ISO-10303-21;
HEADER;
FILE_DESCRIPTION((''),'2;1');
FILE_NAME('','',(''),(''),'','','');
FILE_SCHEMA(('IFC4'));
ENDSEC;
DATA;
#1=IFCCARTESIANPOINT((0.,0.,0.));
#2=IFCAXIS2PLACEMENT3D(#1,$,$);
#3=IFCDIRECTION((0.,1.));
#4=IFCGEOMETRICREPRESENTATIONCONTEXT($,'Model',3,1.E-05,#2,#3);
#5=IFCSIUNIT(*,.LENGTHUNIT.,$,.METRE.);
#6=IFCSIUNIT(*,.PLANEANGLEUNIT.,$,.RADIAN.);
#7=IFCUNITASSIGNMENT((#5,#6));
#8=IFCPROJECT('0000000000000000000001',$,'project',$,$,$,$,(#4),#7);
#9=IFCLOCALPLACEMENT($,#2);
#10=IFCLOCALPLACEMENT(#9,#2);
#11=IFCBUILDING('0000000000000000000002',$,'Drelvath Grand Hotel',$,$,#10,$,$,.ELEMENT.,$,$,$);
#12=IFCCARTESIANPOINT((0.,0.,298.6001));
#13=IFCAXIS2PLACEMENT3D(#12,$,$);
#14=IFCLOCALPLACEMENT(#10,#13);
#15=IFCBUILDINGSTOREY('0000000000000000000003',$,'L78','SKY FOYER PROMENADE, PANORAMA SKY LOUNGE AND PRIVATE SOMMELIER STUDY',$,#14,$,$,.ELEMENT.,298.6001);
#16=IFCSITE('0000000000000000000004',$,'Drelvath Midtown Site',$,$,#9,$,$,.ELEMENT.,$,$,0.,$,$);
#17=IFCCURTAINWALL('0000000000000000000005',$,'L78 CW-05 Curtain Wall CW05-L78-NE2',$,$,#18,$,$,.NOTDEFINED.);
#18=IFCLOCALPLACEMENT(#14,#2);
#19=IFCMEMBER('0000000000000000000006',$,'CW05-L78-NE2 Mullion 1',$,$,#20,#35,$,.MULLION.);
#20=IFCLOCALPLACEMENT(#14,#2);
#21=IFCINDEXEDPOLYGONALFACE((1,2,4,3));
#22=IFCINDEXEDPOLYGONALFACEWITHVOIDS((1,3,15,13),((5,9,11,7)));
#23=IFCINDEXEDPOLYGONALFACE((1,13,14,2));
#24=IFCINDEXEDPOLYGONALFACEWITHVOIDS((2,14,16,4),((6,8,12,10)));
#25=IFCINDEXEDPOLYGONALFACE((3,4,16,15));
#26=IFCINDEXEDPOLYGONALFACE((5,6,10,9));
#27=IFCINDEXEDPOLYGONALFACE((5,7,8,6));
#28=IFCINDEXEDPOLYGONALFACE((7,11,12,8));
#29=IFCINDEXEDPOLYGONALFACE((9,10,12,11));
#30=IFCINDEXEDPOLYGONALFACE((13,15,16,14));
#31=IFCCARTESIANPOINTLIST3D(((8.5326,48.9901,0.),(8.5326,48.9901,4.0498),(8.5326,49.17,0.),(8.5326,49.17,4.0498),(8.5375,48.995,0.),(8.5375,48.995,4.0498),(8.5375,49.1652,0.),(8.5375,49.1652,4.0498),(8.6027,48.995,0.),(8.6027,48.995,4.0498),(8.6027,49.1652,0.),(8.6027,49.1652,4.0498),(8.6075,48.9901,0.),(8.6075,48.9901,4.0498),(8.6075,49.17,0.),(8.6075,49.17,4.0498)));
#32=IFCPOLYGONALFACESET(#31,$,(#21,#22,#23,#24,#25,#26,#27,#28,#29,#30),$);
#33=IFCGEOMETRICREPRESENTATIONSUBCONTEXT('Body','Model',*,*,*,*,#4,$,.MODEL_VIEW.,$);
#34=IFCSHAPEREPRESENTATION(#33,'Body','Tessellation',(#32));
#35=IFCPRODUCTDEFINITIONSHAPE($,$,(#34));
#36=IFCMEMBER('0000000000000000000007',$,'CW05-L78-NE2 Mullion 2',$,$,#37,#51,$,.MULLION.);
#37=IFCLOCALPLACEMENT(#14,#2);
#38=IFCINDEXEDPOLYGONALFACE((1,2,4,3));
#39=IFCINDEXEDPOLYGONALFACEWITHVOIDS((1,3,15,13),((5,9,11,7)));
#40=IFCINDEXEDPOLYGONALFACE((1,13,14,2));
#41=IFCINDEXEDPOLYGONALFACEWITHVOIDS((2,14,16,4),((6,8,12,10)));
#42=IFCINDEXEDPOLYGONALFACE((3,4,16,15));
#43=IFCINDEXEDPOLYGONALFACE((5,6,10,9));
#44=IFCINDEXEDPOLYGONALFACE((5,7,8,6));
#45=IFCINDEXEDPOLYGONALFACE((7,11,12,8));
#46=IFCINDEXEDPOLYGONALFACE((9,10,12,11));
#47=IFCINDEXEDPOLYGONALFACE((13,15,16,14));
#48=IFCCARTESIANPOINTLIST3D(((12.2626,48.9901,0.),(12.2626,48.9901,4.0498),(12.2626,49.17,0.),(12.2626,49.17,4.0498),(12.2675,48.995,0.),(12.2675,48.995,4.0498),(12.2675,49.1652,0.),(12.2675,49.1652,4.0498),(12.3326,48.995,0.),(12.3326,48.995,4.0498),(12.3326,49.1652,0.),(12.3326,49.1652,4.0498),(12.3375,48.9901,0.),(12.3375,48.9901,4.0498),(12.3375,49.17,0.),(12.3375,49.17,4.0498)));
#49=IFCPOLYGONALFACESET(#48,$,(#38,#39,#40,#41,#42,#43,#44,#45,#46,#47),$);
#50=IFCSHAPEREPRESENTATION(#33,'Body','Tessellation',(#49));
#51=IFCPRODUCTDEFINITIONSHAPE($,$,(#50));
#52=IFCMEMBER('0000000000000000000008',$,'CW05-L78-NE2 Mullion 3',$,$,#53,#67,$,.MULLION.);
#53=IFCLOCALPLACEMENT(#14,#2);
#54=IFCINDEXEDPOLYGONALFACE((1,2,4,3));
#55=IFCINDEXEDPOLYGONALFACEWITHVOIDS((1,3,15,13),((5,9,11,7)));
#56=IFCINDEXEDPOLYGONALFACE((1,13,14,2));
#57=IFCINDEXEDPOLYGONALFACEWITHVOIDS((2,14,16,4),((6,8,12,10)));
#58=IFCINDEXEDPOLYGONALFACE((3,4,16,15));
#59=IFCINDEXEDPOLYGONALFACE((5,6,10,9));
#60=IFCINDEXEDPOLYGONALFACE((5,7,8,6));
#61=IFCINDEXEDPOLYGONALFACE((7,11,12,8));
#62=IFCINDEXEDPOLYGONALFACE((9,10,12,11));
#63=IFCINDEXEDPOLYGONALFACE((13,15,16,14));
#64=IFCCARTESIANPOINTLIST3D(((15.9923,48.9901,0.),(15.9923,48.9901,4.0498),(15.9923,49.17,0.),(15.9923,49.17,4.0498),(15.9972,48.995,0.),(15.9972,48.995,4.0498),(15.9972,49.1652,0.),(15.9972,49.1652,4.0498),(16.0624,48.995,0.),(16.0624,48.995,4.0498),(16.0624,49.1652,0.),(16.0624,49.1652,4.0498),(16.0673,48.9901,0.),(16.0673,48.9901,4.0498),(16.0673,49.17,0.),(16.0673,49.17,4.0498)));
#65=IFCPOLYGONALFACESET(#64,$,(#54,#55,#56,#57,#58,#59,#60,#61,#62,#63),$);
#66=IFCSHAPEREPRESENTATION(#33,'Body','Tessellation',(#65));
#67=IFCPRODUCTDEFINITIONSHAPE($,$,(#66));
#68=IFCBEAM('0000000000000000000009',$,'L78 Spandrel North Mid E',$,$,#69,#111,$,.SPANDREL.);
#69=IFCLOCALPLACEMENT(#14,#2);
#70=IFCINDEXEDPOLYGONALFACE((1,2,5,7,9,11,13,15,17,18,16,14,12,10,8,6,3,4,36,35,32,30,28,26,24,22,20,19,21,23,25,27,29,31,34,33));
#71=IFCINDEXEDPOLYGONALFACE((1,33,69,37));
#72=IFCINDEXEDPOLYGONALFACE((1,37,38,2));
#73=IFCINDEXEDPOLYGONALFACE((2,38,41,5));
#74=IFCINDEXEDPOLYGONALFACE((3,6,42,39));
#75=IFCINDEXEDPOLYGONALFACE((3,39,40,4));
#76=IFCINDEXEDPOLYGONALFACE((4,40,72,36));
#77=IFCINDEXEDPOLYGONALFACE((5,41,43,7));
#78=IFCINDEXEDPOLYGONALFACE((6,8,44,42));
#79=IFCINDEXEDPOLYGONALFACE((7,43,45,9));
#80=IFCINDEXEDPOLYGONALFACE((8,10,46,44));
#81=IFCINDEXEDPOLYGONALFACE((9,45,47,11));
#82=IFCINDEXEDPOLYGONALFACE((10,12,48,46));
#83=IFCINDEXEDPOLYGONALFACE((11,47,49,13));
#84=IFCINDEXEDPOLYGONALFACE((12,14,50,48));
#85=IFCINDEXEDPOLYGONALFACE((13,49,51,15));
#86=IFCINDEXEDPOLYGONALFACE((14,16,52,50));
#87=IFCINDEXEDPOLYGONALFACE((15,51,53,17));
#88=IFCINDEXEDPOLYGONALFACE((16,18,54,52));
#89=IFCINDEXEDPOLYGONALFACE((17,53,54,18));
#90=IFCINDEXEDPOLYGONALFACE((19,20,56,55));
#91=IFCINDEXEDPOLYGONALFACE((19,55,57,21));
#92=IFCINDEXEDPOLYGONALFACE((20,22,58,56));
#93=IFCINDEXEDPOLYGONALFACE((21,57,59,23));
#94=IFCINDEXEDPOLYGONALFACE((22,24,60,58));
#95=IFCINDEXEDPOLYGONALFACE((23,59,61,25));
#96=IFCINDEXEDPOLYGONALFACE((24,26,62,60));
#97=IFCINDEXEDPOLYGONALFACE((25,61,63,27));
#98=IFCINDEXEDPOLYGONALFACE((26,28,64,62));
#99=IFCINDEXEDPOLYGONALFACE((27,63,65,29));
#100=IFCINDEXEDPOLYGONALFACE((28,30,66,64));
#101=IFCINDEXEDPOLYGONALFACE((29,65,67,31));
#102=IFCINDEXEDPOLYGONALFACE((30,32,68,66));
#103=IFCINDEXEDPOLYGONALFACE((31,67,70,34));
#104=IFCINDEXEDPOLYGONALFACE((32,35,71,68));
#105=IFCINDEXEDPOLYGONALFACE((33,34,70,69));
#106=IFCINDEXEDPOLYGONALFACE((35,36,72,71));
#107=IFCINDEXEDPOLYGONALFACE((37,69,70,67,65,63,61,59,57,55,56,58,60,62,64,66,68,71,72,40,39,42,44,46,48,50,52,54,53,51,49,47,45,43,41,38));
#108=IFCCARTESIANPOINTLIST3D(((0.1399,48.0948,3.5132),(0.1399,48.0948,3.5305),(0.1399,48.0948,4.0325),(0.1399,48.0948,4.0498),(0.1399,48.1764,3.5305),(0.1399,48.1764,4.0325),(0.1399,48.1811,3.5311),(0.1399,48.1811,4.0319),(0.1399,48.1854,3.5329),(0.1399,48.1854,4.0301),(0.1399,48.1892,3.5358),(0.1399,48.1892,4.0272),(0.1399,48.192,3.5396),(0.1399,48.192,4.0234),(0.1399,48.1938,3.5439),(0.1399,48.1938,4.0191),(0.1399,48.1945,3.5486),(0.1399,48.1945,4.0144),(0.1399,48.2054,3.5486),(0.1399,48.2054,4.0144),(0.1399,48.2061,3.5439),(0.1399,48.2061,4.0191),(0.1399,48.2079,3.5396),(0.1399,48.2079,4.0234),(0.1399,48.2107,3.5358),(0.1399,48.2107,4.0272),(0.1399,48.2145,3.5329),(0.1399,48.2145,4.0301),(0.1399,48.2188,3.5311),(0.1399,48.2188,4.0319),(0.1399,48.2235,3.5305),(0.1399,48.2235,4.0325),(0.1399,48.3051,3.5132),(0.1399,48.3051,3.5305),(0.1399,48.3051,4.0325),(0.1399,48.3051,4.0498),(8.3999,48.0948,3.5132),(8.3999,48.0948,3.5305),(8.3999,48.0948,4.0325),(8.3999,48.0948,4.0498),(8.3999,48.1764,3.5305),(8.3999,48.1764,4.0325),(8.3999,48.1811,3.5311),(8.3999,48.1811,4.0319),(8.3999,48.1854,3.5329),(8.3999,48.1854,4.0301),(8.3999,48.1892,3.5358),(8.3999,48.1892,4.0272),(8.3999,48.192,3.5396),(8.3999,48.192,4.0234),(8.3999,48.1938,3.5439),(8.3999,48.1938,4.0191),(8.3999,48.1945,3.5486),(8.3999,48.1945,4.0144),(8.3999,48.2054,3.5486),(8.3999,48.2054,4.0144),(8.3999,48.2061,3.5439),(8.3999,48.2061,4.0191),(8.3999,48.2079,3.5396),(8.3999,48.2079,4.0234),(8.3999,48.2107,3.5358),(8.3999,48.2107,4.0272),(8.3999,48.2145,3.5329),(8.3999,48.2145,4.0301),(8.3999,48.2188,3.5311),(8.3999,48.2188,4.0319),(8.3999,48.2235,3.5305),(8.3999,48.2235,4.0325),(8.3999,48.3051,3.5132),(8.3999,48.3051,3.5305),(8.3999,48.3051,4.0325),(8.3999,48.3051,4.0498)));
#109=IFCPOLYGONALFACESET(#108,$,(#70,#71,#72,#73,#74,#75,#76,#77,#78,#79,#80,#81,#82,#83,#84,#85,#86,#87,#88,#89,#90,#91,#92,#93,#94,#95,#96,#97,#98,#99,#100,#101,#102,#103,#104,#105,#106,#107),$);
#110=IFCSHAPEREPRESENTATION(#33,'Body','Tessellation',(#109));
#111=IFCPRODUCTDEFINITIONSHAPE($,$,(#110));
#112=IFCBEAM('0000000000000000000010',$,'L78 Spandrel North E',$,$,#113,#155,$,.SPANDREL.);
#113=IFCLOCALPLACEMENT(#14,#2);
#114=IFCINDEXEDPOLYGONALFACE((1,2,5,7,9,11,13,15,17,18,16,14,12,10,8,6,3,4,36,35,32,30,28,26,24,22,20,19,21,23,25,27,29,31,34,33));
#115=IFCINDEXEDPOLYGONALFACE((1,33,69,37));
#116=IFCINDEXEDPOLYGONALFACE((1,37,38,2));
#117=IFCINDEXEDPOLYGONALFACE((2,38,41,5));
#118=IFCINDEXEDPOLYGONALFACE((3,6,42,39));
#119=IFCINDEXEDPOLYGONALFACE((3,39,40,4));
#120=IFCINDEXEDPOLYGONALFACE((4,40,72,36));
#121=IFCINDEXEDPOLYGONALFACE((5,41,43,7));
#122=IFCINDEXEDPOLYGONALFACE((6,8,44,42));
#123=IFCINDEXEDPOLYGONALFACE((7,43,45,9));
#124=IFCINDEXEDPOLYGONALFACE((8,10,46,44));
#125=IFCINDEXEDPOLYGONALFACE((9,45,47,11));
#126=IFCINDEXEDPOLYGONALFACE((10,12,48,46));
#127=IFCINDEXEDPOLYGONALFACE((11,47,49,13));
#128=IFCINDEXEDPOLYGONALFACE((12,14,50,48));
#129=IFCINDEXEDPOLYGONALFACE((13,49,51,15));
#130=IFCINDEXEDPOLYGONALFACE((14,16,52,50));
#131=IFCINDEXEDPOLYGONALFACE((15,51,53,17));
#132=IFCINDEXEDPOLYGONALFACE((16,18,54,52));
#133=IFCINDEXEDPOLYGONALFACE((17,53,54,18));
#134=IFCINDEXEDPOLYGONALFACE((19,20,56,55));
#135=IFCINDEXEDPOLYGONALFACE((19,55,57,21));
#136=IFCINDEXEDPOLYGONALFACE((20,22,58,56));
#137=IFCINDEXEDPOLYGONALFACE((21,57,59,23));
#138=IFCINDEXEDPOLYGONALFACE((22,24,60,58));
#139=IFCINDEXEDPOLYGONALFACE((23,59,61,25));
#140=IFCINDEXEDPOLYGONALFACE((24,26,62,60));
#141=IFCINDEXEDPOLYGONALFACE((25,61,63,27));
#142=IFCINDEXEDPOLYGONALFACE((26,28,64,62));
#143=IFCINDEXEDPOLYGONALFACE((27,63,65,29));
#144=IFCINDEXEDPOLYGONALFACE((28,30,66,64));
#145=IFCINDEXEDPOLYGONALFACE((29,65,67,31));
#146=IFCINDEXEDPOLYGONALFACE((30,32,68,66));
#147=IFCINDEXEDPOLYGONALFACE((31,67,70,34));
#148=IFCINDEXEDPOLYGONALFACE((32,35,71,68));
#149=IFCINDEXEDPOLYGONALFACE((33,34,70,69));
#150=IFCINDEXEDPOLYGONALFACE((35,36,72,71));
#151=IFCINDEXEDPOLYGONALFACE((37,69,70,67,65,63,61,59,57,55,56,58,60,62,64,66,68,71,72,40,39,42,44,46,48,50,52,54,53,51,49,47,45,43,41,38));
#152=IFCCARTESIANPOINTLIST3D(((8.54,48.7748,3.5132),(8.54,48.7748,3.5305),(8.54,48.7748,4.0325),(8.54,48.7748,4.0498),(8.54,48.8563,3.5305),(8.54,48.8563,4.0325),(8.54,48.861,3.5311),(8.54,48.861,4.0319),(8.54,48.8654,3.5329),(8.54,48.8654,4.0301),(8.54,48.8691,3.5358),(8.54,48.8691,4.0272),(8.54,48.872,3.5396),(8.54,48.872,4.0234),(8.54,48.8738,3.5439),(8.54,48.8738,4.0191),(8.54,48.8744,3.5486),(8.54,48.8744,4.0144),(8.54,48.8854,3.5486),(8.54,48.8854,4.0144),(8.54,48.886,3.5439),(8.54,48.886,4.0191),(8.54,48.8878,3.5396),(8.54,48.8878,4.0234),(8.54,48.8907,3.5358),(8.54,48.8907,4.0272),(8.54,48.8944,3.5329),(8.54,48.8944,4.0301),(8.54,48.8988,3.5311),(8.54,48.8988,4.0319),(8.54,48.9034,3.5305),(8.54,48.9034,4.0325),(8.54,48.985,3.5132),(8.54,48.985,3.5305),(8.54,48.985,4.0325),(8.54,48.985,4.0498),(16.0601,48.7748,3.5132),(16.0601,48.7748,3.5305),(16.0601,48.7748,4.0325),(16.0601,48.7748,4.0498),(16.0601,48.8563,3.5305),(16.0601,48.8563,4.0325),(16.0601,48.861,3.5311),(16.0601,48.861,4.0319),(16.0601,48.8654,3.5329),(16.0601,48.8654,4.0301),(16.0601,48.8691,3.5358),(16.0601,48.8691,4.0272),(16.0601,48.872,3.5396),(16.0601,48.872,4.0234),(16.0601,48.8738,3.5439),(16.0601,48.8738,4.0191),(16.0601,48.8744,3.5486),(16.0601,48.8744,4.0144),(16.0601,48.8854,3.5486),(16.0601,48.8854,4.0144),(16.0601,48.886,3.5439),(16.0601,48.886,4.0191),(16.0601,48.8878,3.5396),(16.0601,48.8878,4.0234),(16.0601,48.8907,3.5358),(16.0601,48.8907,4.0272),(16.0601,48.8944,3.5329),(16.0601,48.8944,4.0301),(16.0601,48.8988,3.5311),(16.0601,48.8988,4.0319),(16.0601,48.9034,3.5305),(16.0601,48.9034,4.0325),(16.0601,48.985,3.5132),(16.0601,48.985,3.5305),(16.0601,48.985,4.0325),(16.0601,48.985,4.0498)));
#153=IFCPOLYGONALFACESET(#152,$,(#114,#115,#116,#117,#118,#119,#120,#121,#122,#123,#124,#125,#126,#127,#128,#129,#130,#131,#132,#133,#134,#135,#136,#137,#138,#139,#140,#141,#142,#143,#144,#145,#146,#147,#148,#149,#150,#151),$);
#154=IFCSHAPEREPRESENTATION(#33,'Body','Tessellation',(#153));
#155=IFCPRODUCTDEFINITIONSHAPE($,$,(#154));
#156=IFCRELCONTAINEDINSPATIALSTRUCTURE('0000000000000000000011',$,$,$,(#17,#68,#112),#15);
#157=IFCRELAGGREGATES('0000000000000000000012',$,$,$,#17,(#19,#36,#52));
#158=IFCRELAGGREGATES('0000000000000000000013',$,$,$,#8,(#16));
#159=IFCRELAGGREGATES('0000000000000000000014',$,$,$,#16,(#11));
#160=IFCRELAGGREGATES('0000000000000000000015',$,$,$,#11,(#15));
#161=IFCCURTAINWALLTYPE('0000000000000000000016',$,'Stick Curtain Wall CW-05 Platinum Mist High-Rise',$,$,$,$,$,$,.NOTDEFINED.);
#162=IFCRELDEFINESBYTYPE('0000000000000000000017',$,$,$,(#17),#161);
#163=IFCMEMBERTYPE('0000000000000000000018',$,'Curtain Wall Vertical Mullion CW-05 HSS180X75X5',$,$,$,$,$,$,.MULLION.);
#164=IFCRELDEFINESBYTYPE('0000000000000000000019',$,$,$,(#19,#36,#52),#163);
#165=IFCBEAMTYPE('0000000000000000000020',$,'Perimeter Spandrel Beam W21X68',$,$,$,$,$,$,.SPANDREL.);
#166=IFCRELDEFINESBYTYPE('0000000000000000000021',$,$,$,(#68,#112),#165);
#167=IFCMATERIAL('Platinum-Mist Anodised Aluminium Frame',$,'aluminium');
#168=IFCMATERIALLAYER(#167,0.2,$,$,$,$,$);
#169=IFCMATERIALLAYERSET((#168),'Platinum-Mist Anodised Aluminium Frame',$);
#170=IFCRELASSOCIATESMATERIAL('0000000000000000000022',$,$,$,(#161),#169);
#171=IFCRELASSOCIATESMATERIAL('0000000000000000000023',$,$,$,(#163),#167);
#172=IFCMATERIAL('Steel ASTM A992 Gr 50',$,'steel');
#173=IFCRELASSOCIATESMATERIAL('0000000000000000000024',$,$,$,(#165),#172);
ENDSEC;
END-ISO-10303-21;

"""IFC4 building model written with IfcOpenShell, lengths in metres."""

from ifc_helpers import new_model, si_unit, direction, frame, origin, origin_2d, place, context, subcontext, project, spatial, hollow_rectangle, i_section, extrude, material, layer, layer_set, material_profile, profile_set, type_object, element, aggregate, save


model = new_model("IFC4")

# Units and contexts
model_context = context("Model", 3, precision=1e-05, world=origin(), true_north=direction((0.0, 1.0)))
body_context = subcontext(model_context, "Body", "Model", "MODEL_VIEW")
ifc_project = project(units=[si_unit("LENGTHUNIT", "METRE"), si_unit("PLANEANGLEUNIT", "RADIAN")], contexts=[model_context])

# Site, building, storey
site_placement = place(None, origin())
site = spatial("IfcSite", under=ifc_project, at=site_placement, Name="Drelvath Midtown Site", CompositionType="ELEMENT", RefElevation=0.0)
building_placement = place(site_placement, origin())
building = spatial("IfcBuilding", under=site, at=building_placement, Name="Drelvath Grand Hotel", CompositionType="ELEMENT")
storey_placement = place(building_placement, frame((0.0, 0.0, 298.6001)))
storey = spatial("IfcBuildingStorey", under=building, at=storey_placement, Name="L78", Description="SKY FOYER PROMENADE, PANORAMA SKY LOUNGE AND PRIVATE SOMMELIER STUDY", CompositionType="ELEMENT", Elevation=298.6001)

# Curtain wall
ifc_material_1 = material(Name="Platinum-Mist Anodised Aluminium Frame", Category="aluminium")
ifc_layer_1 = layer(ifc_material_1, 0.2)
ifc_layer_set_1 = layer_set([ifc_layer_1], Name="Platinum-Mist Anodised Aluminium Frame")
curtain_wall_type = type_object("IfcCurtainWallType", Name="Stick Curtain Wall CW-05 Platinum Mist High-Rise", PredefinedType="NOTDEFINED", material=ifc_layer_set_1)
curtain_wall_1_placement = place(storey_placement, origin())
curtain_wall_1 = element("IfcCurtainWall", 1, at=curtain_wall_1_placement, inside=storey, type_object=curtain_wall_type, Name="L78 CW-05 Curtain Wall CW05-L78-NE2", PredefinedType="NOTDEFINED")

# Members
ifc_material_profile_1 = material_profile(ifc_material_1, hollow_rectangle(XDim=0.075, YDim=0.1799, WallThickness=0.0049, at=origin_2d()), Name="HSS180X75X5")
ifc_profile_set_1 = profile_set([ifc_material_profile_1], Name="Platinum-Mist Anodised Aluminium Frame")
member_type_1 = type_object("IfcMemberType", Name="Curtain Wall Vertical Mullion CW-05 HSS180X75X5", PredefinedType="MULLION", material=ifc_profile_set_1)
member_1_placement = place(storey_placement, frame((8.5701, 49.0801, 0.0), z_axis=(0.0, 0.0, 1.0), x_axis=(1.0, 0.0, 0.0)))
member_1 = element("IfcMember", 2, at=member_1_placement, type_object=member_type_1, Name="CW05-L78-NE2 Mullion 1", PredefinedType="MULLION", context=body_context, shape_type="SweptSolid", body=[
    extrude(hollow_rectangle(XDim=0.075, YDim=0.1799, WallThickness=0.0049, at=origin_2d()), origin(), (0.0, 0.0, 1.0), 4.0498),
])
member_2_placement = place(storey_placement, frame((12.3, 49.0801, 0.0), z_axis=(0.0, 0.0, 1.0), x_axis=(1.0, 0.0, 0.0)))
member_2 = element("IfcMember", 3, at=member_2_placement, type_object=member_type_1, Name="CW05-L78-NE2 Mullion 2", PredefinedType="MULLION", context=body_context, shape_type="SweptSolid", body=[
    extrude(hollow_rectangle(XDim=0.075, YDim=0.1799, WallThickness=0.0049, at=origin_2d()), origin(), (0.0, 0.0, 1.0), 4.0498),
])
member_3_placement = place(storey_placement, frame((16.0298, 49.0801, 0.0), z_axis=(0.0, 0.0, 1.0), x_axis=(1.0, 0.0, 0.0)))
member_3 = element("IfcMember", 4, at=member_3_placement, type_object=member_type_1, Name="CW05-L78-NE2 Mullion 3", PredefinedType="MULLION", context=body_context, shape_type="SweptSolid", body=[
    extrude(hollow_rectangle(XDim=0.075, YDim=0.1799, WallThickness=0.0049, at=origin_2d()), origin(), (0.0, 0.0, 1.0), 4.0498),
])

# Beams
ifc_material_2 = material(Name="Steel ASTM A992 Gr 50", Category="steel")
ifc_material_profile_2 = material_profile(ifc_material_2, i_section(OverallWidth=0.2102, OverallDepth=0.5366, WebThickness=0.011, FlangeThickness=0.0173, FilletRadius=0.0181, at=origin_2d()), Name="W21X68")
ifc_profile_set_2 = profile_set([ifc_material_profile_2], Name="Steel ASTM A992 Gr 50")
beam_type_1 = type_object("IfcBeamType", Name="Perimeter Spandrel Beam W21X68", PredefinedType="SPANDREL", material=ifc_profile_set_2)
beam_1_placement = place(storey_placement, frame((0.1399, 48.2, 3.7815), z_axis=(1.0, 0.0, 0.0), x_axis=(0.0, 1.0, 0.0)))
element("IfcBeam", 5, at=beam_1_placement, inside=storey, type_object=beam_type_1, Name="L78 Spandrel North Mid E", PredefinedType="SPANDREL", context=body_context, shape_type="SweptSolid", body=[
    extrude(i_section(OverallWidth=0.2102, OverallDepth=0.5366, WebThickness=0.011, FlangeThickness=0.0173, FilletRadius=0.0181, at=origin_2d()), origin(), (0.0, 0.0, 1.0), 8.26),
])
beam_2_placement = place(storey_placement, frame((8.54, 48.8799, 3.7815), z_axis=(1.0, 0.0, 0.0), x_axis=(0.0, 1.0, 0.0)))
element("IfcBeam", 6, at=beam_2_placement, inside=storey, type_object=beam_type_1, Name="L78 Spandrel North E", PredefinedType="SPANDREL", context=body_context, shape_type="SweptSolid", body=[
    extrude(i_section(OverallWidth=0.2102, OverallDepth=0.5366, WebThickness=0.011, FlangeThickness=0.0173, FilletRadius=0.0181, at=origin_2d()), origin(), (0.0, 0.0, 1.0), 7.52),
])

aggregate(curtain_wall_1, [member_1, member_2, member_3])

save(model, "model.ifc")
